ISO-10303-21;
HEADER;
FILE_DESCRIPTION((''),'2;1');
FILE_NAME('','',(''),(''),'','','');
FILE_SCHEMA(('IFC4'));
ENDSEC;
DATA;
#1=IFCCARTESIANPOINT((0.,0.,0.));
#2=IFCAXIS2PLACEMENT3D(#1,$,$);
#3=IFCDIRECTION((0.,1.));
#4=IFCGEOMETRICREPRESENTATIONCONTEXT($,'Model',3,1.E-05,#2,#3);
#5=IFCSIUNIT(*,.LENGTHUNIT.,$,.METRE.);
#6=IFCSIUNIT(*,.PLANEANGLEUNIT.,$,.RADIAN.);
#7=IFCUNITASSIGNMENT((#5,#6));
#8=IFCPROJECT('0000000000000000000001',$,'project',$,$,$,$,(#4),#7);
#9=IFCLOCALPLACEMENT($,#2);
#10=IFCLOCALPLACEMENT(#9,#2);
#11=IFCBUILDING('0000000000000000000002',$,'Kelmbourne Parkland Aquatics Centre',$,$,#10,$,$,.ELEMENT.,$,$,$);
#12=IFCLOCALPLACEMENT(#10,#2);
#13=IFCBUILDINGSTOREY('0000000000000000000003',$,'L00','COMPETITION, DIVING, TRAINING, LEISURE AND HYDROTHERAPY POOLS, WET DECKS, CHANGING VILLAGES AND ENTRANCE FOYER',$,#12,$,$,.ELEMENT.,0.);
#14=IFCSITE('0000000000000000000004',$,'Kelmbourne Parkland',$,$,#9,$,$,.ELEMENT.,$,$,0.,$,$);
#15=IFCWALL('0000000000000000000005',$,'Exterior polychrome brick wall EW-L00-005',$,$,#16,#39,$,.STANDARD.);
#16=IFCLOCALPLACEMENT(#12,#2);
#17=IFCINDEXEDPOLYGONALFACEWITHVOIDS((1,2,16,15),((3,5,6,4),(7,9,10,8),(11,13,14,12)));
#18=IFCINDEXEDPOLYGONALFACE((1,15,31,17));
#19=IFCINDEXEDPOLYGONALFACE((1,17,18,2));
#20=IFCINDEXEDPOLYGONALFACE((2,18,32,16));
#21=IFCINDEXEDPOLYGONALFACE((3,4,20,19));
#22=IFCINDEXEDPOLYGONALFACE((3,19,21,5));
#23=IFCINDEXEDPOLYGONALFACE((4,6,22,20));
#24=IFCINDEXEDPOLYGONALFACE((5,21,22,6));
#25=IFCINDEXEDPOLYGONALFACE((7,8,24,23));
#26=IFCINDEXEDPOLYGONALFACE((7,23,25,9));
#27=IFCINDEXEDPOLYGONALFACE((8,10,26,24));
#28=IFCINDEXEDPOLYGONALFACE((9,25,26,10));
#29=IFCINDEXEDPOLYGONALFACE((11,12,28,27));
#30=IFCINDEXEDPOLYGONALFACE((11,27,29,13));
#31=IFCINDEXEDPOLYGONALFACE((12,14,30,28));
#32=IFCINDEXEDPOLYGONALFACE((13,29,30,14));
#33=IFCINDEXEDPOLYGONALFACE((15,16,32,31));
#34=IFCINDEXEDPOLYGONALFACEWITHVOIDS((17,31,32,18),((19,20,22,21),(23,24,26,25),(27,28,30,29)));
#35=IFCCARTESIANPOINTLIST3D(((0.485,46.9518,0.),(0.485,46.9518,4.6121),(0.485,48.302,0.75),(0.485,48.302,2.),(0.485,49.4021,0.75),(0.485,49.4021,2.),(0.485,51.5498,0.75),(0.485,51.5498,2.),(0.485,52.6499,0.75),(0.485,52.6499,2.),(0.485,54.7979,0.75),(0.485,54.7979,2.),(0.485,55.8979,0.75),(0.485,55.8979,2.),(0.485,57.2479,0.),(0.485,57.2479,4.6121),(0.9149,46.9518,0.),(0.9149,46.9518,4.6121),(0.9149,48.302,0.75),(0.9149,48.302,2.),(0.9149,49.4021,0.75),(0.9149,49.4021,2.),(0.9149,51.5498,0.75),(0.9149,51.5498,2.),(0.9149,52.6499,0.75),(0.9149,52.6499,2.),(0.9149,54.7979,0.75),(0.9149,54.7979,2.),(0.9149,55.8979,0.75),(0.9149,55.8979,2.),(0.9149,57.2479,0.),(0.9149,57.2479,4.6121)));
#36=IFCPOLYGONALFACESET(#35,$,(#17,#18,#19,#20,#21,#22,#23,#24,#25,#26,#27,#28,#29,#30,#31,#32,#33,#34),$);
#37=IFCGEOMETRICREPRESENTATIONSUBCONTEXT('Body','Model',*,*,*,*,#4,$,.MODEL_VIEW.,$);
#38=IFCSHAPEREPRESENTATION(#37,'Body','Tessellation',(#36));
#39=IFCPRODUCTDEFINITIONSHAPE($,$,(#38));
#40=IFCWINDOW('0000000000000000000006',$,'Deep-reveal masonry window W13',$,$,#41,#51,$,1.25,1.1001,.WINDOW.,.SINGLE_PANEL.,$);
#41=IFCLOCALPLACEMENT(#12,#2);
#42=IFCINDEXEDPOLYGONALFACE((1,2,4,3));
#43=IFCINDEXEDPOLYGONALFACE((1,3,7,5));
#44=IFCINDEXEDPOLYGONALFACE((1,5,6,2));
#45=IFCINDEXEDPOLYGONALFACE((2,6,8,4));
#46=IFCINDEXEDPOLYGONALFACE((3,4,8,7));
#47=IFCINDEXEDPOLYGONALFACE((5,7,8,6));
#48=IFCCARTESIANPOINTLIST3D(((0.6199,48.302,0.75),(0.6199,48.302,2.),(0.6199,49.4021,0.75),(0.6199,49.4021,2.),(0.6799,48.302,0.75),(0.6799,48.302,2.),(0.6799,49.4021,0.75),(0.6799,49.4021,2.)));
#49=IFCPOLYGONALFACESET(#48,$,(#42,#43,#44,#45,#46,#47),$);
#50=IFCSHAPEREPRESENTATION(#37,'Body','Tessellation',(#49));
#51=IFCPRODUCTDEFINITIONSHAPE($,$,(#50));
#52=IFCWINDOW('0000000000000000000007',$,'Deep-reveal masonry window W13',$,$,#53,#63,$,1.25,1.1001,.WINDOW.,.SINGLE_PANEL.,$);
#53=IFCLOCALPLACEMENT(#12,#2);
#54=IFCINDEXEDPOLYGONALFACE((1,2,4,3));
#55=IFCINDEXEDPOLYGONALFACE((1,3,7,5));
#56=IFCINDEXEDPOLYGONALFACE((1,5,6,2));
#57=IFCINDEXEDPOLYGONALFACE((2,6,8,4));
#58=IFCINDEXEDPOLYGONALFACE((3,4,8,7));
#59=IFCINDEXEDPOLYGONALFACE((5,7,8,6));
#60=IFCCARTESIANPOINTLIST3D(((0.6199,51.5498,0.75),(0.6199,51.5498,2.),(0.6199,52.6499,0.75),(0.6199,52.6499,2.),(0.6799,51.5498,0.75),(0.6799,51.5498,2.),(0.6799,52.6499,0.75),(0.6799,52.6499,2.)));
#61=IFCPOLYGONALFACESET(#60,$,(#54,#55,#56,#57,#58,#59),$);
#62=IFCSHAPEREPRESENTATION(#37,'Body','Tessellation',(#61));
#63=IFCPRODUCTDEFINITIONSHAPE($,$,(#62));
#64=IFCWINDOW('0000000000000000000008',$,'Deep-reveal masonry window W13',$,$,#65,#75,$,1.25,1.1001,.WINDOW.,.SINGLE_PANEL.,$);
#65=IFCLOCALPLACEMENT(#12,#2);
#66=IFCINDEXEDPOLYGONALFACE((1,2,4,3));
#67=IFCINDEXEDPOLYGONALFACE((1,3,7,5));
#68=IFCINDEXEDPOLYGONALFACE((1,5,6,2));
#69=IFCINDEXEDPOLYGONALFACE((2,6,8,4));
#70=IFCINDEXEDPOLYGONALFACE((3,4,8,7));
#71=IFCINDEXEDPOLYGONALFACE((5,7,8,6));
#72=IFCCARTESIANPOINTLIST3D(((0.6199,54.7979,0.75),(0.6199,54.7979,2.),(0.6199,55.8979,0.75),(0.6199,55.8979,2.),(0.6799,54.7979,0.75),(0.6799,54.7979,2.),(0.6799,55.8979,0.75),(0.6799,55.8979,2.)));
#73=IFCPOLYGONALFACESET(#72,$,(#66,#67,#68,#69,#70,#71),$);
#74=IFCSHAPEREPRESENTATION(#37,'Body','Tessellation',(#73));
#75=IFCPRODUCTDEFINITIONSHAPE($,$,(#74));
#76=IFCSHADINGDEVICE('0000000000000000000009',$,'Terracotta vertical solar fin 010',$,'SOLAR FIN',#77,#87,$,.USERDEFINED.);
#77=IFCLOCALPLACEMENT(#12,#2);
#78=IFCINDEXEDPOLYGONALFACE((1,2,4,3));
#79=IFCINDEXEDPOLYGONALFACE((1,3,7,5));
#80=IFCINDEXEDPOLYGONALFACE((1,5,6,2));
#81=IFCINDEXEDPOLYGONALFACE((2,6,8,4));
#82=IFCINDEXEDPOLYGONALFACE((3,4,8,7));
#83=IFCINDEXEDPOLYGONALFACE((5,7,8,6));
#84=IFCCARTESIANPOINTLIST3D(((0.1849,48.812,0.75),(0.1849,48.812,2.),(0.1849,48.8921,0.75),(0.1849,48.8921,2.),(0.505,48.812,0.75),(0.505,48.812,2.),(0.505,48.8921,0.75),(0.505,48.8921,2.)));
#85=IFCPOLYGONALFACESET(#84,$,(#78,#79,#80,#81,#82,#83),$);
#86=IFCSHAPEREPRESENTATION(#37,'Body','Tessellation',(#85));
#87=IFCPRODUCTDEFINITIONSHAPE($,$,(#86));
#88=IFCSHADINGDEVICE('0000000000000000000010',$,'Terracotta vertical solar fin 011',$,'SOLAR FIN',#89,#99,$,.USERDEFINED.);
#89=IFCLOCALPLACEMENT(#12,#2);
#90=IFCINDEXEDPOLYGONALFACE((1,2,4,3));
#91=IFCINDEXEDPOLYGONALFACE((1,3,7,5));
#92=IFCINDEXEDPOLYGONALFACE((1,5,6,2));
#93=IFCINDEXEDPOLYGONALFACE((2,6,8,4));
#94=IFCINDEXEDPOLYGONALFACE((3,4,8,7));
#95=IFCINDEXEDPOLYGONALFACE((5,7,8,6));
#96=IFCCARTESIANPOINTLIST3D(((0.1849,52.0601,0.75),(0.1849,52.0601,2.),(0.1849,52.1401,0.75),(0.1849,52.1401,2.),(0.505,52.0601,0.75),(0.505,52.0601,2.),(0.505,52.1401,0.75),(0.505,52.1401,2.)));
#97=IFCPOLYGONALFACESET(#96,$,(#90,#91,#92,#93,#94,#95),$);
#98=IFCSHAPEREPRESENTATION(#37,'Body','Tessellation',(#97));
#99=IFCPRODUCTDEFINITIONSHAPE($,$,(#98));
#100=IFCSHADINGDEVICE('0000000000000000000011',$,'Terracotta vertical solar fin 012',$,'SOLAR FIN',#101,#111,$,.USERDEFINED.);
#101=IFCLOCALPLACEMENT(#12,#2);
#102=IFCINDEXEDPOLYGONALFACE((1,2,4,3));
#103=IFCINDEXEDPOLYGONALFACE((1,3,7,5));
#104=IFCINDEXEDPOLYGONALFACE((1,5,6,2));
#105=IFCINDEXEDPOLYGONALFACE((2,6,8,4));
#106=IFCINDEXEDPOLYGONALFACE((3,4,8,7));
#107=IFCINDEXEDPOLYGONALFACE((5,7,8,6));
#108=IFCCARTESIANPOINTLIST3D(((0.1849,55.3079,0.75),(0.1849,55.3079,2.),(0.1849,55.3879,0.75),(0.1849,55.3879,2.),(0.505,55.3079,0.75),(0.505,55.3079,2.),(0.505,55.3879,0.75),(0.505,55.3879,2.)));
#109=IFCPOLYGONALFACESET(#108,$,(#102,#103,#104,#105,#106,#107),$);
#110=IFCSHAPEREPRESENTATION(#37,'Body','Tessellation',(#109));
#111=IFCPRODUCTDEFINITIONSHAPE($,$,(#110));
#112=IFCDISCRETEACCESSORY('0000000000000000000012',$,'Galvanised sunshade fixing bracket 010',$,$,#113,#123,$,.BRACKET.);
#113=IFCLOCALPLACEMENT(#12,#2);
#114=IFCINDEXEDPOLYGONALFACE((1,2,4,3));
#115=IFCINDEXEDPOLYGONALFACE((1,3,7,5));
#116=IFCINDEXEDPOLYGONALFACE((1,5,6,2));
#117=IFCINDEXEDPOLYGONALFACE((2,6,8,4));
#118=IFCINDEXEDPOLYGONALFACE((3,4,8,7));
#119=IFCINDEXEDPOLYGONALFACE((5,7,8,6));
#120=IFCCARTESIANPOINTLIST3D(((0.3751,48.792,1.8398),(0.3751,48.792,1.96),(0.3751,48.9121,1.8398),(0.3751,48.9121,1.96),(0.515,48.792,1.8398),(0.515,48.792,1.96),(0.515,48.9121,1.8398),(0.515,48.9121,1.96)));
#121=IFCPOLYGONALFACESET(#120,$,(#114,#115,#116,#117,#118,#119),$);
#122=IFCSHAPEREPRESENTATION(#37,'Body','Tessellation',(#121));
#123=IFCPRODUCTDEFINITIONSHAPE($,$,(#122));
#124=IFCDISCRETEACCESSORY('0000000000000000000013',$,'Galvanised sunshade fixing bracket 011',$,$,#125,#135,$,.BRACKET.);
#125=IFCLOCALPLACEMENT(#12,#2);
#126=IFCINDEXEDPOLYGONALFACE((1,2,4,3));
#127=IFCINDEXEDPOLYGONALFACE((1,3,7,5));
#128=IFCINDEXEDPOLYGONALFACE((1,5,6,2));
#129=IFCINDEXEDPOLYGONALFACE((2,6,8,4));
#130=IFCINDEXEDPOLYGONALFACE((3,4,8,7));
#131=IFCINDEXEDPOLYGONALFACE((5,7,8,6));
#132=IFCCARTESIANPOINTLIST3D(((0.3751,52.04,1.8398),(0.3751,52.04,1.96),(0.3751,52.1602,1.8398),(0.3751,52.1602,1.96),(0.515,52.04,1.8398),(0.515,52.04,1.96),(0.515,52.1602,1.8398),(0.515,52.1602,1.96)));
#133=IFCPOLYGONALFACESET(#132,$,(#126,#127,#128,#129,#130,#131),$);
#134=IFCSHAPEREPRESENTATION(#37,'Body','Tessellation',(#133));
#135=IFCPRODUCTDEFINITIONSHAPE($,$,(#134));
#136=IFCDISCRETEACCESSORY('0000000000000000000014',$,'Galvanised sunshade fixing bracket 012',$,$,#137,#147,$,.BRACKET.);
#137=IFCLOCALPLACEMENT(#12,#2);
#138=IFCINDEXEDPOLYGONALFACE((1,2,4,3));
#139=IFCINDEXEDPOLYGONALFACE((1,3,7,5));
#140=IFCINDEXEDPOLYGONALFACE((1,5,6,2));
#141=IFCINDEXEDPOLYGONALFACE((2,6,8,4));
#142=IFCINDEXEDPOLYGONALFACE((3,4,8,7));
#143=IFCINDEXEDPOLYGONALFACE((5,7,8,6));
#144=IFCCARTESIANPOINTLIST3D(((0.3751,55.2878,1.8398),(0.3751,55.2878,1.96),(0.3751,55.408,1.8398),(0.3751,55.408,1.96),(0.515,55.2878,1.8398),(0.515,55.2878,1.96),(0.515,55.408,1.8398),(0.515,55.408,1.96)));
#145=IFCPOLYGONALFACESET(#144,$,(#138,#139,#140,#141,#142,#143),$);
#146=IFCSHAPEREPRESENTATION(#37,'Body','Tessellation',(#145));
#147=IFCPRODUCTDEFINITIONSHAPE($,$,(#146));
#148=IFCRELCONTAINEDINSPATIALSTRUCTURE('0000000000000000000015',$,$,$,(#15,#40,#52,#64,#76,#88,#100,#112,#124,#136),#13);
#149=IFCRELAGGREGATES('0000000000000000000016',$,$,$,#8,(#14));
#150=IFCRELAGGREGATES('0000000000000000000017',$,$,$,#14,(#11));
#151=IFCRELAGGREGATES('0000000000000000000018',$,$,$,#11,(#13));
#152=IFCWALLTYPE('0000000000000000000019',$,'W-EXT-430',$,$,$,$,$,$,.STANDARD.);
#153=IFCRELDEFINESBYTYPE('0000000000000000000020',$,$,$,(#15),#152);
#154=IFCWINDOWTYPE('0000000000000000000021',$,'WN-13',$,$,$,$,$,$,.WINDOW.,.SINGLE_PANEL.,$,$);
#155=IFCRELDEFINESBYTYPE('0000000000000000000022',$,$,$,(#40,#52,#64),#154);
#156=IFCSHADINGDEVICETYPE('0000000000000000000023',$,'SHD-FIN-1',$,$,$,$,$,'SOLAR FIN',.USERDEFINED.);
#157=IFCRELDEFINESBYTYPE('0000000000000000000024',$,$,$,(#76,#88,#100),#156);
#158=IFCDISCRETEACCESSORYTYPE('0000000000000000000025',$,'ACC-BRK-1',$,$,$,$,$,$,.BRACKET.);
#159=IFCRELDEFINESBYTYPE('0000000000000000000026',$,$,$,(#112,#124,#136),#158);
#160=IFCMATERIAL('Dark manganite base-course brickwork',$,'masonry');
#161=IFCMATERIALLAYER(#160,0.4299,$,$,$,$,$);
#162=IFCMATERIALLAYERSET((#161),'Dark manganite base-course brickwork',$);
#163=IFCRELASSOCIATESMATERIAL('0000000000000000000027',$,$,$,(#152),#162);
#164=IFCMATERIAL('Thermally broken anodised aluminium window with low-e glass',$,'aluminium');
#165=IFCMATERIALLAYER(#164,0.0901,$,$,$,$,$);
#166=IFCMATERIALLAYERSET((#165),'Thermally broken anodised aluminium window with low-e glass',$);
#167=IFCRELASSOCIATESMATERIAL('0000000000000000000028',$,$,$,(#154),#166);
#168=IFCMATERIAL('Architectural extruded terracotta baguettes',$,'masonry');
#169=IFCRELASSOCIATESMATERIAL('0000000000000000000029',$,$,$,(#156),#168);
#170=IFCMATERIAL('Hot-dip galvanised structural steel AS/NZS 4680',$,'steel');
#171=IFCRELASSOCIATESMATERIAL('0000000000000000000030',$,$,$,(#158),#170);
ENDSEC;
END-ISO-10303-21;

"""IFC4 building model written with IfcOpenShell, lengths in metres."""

from ifc_helpers import new_model, si_unit, direction, frame, frame_2d, origin, origin_2d, place, context, subcontext, project, spatial, rectangle, extrude, material, layer, layer_set, type_object, element, fill, save


model = new_model("IFC4")

# Units and contexts
model_context = context("Model", 3, precision=1e-05, world=origin(), true_north=direction((0.0, 1.0)))
body_context = subcontext(model_context, "Body", "Model", "MODEL_VIEW")
ifc_project = project(units=[si_unit("LENGTHUNIT", "METRE"), si_unit("PLANEANGLEUNIT", "RADIAN")], contexts=[model_context])

# Site, building, storey
site_placement = place(None, origin())
site = spatial("IfcSite", under=ifc_project, at=site_placement, Name="Kelmbourne Parkland", CompositionType="ELEMENT", RefElevation=0.0)
building_placement = place(site_placement, origin())
building = spatial("IfcBuilding", under=site, at=building_placement, Name="Kelmbourne Parkland Aquatics Centre", CompositionType="ELEMENT")
storey_placement = place(building_placement, origin())
storey = spatial("IfcBuildingStorey", under=building, at=storey_placement, Name="L00", Description="COMPETITION, DIVING, TRAINING, LEISURE AND HYDROTHERAPY POOLS, WET DECKS, CHANGING VILLAGES AND ENTRANCE FOYER", CompositionType="ELEMENT", Elevation=0.0)

# Wall, openings, windows
ifc_material_1 = material(Name="Dark manganite base-course brickwork", Category="masonry")
ifc_layer_1 = layer(ifc_material_1, 0.4299)
ifc_layer_set_1 = layer_set([ifc_layer_1], Name="Dark manganite base-course brickwork")
wall_type = type_object("IfcWallType", Name="W-EXT-430", PredefinedType="STANDARD", material=ifc_layer_set_1)
wall_placement = place(storey_placement, frame((0.7, 46.9519, 0.0), z_axis=(0.0, 0.0, 1.0), x_axis=(0.0, 1.0, 0.0)))
wall = element("IfcWall", 1, at=wall_placement, inside=storey, type_object=wall_type, Name="Exterior polychrome brick wall EW-L00-005", PredefinedType="STANDARD", context=body_context, shape_type="SweptSolid", body=[
    extrude(rectangle(XDim=10.2961, YDim=0.4299, at=frame_2d((5.1479, 0.0))), origin(), (0.0, 0.0, 1.0), 4.6121),
])
opening_1_placement = place(wall_placement, frame((1.3501, 0.0, 0.75)))
opening_1 = element("IfcOpeningElement", 2, at=opening_1_placement, cuts=wall, PredefinedType="OPENING", context=body_context, shape_type="SweptSolid", body=[
    extrude(rectangle(XDim=1.1001, YDim=1.25, at=frame_2d((0.55, 0.625))), frame((0.0, 0.2271, 0.0), z_axis=(0.0, -1.0, 0.0), x_axis=(1.0, 0.0, 0.0)), (0.0, 0.0, 1.0), 0.4539),
])
opening_2_placement = place(wall_placement, frame((4.5979, 0.0, 0.75)))
opening_2 = element("IfcOpeningElement", 3, at=opening_2_placement, cuts=wall, PredefinedType="OPENING", context=body_context, shape_type="SweptSolid", body=[
    extrude(rectangle(XDim=1.1001, YDim=1.25, at=frame_2d((0.55, 0.625))), frame((0.0, 0.2271, 0.0), z_axis=(0.0, -1.0, 0.0), x_axis=(1.0, 0.0, 0.0)), (0.0, 0.0, 1.0), 0.4539),
])
opening_3_placement = place(wall_placement, frame((7.8459, 0.0, 0.75)))
opening_3 = element("IfcOpeningElement", 4, at=opening_3_placement, cuts=wall, PredefinedType="OPENING", context=body_context, shape_type="SweptSolid", body=[
    extrude(rectangle(XDim=1.1001, YDim=1.25, at=frame_2d((0.55, 0.625))), frame((0.0, 0.2271, 0.0), z_axis=(0.0, -1.0, 0.0), x_axis=(1.0, 0.0, 0.0)), (0.0, 0.0, 1.0), 0.4539),
])
ifc_material_2 = material(Name="Thermally broken anodised aluminium window with low-e glass", Category="aluminium")
ifc_layer_2 = layer(ifc_material_2, 0.0901)
ifc_layer_set_2 = layer_set([ifc_layer_2], Name="Thermally broken anodised aluminium window with low-e glass")
window_type = type_object("IfcWindowType", Name="WN-13", PartitioningType="SINGLE_PANEL", PredefinedType="WINDOW", material=ifc_layer_set_2)
window_1_placement = place(opening_1_placement, origin())
window_1 = element("IfcWindow", 5, at=window_1_placement, inside=storey, type_object=window_type, Name="Deep-reveal masonry window W13", OverallHeight=1.25, OverallWidth=1.1001, PartitioningType="SINGLE_PANEL", PredefinedType="WINDOW", context=body_context, shape_type="SweptSolid", body=[
    extrude(rectangle(XDim=1.1001, YDim=1.25, at=frame_2d((0.55, 0.625))), frame((0.0, 0.0801, 0.0), z_axis=(0.0, -1.0, 0.0), x_axis=(1.0, 0.0, 0.0)), (0.0, 0.0, 1.0), 0.0601),
])
fill(opening_1, window_1)
window_2_placement = place(opening_2_placement, origin())
window_2 = element("IfcWindow", 6, at=window_2_placement, inside=storey, type_object=window_type, Name="Deep-reveal masonry window W13", OverallHeight=1.25, OverallWidth=1.1001, PartitioningType="SINGLE_PANEL", PredefinedType="WINDOW", context=body_context, shape_type="SweptSolid", body=[
    extrude(rectangle(XDim=1.1001, YDim=1.25, at=frame_2d((0.55, 0.625))), frame((0.0, 0.0801, 0.0), z_axis=(0.0, -1.0, 0.0), x_axis=(1.0, 0.0, 0.0)), (0.0, 0.0, 1.0), 0.0601),
])
fill(opening_2, window_2)
window_3_placement = place(opening_3_placement, origin())
window_3 = element("IfcWindow", 7, at=window_3_placement, inside=storey, type_object=window_type, Name="Deep-reveal masonry window W13", OverallHeight=1.25, OverallWidth=1.1001, PartitioningType="SINGLE_PANEL", PredefinedType="WINDOW", context=body_context, shape_type="SweptSolid", body=[
    extrude(rectangle(XDim=1.1001, YDim=1.25, at=frame_2d((0.55, 0.625))), frame((0.0, 0.0801, 0.0), z_axis=(0.0, -1.0, 0.0), x_axis=(1.0, 0.0, 0.0)), (0.0, 0.0, 1.0), 0.0601),
])
fill(opening_3, window_3)

# Shading devices
ifc_material_3 = material(Name="Architectural extruded terracotta baguettes", Category="masonry")
shading_device_type = type_object("IfcShadingDeviceType", Name="SHD-FIN-1", ElementType="SOLAR FIN", PredefinedType="USERDEFINED", material=ifc_material_3)
for number, where, z_axis, x_axis, name in (
    (8, (0.345, 48.8521, 0.75), (0.0, 0.0, 1.0), (0.0, 1.0, 0.0), "Terracotta vertical solar fin 010"),
    (9, (0.345, 52.1001, 0.75), (0.0, 0.0, 1.0), (0.0, 1.0, 0.0), "Terracotta vertical solar fin 011"),
    (10, (0.345, 55.3479, 0.75), (0.0, 0.0, 1.0), (0.0, 1.0, 0.0), "Terracotta vertical solar fin 012"),
):
    element("IfcShadingDevice", number, at=place(storey_placement, frame(where, z_axis=z_axis, x_axis=x_axis)), inside=storey, type_object=shading_device_type, Name=name, ObjectType="SOLAR FIN", PredefinedType="USERDEFINED", context=body_context, shape_type="SweptSolid", body=[
        extrude(rectangle(XDim=0.0801, YDim=0.3201, at=origin_2d()), origin(), (0.0, 0.0, 1.0), 1.25),
    ])

# Discrete accessories
ifc_material_4 = material(Name="Hot-dip galvanised structural steel AS/NZS 4680", Category="steel")
discrete_accessory_type = type_object("IfcDiscreteAccessoryType", Name="ACC-BRK-1", PredefinedType="BRACKET", material=ifc_material_4)
for number, where, z_axis, x_axis, name in (
    (11, (0.4451, 48.8521, 1.8398), (0.0, 0.0, 1.0), (0.0, 1.0, 0.0), "Galvanised sunshade fixing bracket 010"),
    (12, (0.4451, 52.1001, 1.8398), (0.0, 0.0, 1.0), (0.0, 1.0, 0.0), "Galvanised sunshade fixing bracket 011"),
    (13, (0.4451, 55.3479, 1.8398), (0.0, 0.0, 1.0), (0.0, 1.0, 0.0), "Galvanised sunshade fixing bracket 012"),
):
    element("IfcDiscreteAccessory", number, at=place(storey_placement, frame(where, z_axis=z_axis, x_axis=x_axis)), inside=storey, type_object=discrete_accessory_type, Name=name, PredefinedType="BRACKET", context=body_context, shape_type="SweptSolid", body=[
        extrude(rectangle(XDim=0.1201, YDim=0.1399, at=origin_2d()), origin(), (0.0, 0.0, 1.0), 0.1201),
    ])

save(model, "model.ifc")
